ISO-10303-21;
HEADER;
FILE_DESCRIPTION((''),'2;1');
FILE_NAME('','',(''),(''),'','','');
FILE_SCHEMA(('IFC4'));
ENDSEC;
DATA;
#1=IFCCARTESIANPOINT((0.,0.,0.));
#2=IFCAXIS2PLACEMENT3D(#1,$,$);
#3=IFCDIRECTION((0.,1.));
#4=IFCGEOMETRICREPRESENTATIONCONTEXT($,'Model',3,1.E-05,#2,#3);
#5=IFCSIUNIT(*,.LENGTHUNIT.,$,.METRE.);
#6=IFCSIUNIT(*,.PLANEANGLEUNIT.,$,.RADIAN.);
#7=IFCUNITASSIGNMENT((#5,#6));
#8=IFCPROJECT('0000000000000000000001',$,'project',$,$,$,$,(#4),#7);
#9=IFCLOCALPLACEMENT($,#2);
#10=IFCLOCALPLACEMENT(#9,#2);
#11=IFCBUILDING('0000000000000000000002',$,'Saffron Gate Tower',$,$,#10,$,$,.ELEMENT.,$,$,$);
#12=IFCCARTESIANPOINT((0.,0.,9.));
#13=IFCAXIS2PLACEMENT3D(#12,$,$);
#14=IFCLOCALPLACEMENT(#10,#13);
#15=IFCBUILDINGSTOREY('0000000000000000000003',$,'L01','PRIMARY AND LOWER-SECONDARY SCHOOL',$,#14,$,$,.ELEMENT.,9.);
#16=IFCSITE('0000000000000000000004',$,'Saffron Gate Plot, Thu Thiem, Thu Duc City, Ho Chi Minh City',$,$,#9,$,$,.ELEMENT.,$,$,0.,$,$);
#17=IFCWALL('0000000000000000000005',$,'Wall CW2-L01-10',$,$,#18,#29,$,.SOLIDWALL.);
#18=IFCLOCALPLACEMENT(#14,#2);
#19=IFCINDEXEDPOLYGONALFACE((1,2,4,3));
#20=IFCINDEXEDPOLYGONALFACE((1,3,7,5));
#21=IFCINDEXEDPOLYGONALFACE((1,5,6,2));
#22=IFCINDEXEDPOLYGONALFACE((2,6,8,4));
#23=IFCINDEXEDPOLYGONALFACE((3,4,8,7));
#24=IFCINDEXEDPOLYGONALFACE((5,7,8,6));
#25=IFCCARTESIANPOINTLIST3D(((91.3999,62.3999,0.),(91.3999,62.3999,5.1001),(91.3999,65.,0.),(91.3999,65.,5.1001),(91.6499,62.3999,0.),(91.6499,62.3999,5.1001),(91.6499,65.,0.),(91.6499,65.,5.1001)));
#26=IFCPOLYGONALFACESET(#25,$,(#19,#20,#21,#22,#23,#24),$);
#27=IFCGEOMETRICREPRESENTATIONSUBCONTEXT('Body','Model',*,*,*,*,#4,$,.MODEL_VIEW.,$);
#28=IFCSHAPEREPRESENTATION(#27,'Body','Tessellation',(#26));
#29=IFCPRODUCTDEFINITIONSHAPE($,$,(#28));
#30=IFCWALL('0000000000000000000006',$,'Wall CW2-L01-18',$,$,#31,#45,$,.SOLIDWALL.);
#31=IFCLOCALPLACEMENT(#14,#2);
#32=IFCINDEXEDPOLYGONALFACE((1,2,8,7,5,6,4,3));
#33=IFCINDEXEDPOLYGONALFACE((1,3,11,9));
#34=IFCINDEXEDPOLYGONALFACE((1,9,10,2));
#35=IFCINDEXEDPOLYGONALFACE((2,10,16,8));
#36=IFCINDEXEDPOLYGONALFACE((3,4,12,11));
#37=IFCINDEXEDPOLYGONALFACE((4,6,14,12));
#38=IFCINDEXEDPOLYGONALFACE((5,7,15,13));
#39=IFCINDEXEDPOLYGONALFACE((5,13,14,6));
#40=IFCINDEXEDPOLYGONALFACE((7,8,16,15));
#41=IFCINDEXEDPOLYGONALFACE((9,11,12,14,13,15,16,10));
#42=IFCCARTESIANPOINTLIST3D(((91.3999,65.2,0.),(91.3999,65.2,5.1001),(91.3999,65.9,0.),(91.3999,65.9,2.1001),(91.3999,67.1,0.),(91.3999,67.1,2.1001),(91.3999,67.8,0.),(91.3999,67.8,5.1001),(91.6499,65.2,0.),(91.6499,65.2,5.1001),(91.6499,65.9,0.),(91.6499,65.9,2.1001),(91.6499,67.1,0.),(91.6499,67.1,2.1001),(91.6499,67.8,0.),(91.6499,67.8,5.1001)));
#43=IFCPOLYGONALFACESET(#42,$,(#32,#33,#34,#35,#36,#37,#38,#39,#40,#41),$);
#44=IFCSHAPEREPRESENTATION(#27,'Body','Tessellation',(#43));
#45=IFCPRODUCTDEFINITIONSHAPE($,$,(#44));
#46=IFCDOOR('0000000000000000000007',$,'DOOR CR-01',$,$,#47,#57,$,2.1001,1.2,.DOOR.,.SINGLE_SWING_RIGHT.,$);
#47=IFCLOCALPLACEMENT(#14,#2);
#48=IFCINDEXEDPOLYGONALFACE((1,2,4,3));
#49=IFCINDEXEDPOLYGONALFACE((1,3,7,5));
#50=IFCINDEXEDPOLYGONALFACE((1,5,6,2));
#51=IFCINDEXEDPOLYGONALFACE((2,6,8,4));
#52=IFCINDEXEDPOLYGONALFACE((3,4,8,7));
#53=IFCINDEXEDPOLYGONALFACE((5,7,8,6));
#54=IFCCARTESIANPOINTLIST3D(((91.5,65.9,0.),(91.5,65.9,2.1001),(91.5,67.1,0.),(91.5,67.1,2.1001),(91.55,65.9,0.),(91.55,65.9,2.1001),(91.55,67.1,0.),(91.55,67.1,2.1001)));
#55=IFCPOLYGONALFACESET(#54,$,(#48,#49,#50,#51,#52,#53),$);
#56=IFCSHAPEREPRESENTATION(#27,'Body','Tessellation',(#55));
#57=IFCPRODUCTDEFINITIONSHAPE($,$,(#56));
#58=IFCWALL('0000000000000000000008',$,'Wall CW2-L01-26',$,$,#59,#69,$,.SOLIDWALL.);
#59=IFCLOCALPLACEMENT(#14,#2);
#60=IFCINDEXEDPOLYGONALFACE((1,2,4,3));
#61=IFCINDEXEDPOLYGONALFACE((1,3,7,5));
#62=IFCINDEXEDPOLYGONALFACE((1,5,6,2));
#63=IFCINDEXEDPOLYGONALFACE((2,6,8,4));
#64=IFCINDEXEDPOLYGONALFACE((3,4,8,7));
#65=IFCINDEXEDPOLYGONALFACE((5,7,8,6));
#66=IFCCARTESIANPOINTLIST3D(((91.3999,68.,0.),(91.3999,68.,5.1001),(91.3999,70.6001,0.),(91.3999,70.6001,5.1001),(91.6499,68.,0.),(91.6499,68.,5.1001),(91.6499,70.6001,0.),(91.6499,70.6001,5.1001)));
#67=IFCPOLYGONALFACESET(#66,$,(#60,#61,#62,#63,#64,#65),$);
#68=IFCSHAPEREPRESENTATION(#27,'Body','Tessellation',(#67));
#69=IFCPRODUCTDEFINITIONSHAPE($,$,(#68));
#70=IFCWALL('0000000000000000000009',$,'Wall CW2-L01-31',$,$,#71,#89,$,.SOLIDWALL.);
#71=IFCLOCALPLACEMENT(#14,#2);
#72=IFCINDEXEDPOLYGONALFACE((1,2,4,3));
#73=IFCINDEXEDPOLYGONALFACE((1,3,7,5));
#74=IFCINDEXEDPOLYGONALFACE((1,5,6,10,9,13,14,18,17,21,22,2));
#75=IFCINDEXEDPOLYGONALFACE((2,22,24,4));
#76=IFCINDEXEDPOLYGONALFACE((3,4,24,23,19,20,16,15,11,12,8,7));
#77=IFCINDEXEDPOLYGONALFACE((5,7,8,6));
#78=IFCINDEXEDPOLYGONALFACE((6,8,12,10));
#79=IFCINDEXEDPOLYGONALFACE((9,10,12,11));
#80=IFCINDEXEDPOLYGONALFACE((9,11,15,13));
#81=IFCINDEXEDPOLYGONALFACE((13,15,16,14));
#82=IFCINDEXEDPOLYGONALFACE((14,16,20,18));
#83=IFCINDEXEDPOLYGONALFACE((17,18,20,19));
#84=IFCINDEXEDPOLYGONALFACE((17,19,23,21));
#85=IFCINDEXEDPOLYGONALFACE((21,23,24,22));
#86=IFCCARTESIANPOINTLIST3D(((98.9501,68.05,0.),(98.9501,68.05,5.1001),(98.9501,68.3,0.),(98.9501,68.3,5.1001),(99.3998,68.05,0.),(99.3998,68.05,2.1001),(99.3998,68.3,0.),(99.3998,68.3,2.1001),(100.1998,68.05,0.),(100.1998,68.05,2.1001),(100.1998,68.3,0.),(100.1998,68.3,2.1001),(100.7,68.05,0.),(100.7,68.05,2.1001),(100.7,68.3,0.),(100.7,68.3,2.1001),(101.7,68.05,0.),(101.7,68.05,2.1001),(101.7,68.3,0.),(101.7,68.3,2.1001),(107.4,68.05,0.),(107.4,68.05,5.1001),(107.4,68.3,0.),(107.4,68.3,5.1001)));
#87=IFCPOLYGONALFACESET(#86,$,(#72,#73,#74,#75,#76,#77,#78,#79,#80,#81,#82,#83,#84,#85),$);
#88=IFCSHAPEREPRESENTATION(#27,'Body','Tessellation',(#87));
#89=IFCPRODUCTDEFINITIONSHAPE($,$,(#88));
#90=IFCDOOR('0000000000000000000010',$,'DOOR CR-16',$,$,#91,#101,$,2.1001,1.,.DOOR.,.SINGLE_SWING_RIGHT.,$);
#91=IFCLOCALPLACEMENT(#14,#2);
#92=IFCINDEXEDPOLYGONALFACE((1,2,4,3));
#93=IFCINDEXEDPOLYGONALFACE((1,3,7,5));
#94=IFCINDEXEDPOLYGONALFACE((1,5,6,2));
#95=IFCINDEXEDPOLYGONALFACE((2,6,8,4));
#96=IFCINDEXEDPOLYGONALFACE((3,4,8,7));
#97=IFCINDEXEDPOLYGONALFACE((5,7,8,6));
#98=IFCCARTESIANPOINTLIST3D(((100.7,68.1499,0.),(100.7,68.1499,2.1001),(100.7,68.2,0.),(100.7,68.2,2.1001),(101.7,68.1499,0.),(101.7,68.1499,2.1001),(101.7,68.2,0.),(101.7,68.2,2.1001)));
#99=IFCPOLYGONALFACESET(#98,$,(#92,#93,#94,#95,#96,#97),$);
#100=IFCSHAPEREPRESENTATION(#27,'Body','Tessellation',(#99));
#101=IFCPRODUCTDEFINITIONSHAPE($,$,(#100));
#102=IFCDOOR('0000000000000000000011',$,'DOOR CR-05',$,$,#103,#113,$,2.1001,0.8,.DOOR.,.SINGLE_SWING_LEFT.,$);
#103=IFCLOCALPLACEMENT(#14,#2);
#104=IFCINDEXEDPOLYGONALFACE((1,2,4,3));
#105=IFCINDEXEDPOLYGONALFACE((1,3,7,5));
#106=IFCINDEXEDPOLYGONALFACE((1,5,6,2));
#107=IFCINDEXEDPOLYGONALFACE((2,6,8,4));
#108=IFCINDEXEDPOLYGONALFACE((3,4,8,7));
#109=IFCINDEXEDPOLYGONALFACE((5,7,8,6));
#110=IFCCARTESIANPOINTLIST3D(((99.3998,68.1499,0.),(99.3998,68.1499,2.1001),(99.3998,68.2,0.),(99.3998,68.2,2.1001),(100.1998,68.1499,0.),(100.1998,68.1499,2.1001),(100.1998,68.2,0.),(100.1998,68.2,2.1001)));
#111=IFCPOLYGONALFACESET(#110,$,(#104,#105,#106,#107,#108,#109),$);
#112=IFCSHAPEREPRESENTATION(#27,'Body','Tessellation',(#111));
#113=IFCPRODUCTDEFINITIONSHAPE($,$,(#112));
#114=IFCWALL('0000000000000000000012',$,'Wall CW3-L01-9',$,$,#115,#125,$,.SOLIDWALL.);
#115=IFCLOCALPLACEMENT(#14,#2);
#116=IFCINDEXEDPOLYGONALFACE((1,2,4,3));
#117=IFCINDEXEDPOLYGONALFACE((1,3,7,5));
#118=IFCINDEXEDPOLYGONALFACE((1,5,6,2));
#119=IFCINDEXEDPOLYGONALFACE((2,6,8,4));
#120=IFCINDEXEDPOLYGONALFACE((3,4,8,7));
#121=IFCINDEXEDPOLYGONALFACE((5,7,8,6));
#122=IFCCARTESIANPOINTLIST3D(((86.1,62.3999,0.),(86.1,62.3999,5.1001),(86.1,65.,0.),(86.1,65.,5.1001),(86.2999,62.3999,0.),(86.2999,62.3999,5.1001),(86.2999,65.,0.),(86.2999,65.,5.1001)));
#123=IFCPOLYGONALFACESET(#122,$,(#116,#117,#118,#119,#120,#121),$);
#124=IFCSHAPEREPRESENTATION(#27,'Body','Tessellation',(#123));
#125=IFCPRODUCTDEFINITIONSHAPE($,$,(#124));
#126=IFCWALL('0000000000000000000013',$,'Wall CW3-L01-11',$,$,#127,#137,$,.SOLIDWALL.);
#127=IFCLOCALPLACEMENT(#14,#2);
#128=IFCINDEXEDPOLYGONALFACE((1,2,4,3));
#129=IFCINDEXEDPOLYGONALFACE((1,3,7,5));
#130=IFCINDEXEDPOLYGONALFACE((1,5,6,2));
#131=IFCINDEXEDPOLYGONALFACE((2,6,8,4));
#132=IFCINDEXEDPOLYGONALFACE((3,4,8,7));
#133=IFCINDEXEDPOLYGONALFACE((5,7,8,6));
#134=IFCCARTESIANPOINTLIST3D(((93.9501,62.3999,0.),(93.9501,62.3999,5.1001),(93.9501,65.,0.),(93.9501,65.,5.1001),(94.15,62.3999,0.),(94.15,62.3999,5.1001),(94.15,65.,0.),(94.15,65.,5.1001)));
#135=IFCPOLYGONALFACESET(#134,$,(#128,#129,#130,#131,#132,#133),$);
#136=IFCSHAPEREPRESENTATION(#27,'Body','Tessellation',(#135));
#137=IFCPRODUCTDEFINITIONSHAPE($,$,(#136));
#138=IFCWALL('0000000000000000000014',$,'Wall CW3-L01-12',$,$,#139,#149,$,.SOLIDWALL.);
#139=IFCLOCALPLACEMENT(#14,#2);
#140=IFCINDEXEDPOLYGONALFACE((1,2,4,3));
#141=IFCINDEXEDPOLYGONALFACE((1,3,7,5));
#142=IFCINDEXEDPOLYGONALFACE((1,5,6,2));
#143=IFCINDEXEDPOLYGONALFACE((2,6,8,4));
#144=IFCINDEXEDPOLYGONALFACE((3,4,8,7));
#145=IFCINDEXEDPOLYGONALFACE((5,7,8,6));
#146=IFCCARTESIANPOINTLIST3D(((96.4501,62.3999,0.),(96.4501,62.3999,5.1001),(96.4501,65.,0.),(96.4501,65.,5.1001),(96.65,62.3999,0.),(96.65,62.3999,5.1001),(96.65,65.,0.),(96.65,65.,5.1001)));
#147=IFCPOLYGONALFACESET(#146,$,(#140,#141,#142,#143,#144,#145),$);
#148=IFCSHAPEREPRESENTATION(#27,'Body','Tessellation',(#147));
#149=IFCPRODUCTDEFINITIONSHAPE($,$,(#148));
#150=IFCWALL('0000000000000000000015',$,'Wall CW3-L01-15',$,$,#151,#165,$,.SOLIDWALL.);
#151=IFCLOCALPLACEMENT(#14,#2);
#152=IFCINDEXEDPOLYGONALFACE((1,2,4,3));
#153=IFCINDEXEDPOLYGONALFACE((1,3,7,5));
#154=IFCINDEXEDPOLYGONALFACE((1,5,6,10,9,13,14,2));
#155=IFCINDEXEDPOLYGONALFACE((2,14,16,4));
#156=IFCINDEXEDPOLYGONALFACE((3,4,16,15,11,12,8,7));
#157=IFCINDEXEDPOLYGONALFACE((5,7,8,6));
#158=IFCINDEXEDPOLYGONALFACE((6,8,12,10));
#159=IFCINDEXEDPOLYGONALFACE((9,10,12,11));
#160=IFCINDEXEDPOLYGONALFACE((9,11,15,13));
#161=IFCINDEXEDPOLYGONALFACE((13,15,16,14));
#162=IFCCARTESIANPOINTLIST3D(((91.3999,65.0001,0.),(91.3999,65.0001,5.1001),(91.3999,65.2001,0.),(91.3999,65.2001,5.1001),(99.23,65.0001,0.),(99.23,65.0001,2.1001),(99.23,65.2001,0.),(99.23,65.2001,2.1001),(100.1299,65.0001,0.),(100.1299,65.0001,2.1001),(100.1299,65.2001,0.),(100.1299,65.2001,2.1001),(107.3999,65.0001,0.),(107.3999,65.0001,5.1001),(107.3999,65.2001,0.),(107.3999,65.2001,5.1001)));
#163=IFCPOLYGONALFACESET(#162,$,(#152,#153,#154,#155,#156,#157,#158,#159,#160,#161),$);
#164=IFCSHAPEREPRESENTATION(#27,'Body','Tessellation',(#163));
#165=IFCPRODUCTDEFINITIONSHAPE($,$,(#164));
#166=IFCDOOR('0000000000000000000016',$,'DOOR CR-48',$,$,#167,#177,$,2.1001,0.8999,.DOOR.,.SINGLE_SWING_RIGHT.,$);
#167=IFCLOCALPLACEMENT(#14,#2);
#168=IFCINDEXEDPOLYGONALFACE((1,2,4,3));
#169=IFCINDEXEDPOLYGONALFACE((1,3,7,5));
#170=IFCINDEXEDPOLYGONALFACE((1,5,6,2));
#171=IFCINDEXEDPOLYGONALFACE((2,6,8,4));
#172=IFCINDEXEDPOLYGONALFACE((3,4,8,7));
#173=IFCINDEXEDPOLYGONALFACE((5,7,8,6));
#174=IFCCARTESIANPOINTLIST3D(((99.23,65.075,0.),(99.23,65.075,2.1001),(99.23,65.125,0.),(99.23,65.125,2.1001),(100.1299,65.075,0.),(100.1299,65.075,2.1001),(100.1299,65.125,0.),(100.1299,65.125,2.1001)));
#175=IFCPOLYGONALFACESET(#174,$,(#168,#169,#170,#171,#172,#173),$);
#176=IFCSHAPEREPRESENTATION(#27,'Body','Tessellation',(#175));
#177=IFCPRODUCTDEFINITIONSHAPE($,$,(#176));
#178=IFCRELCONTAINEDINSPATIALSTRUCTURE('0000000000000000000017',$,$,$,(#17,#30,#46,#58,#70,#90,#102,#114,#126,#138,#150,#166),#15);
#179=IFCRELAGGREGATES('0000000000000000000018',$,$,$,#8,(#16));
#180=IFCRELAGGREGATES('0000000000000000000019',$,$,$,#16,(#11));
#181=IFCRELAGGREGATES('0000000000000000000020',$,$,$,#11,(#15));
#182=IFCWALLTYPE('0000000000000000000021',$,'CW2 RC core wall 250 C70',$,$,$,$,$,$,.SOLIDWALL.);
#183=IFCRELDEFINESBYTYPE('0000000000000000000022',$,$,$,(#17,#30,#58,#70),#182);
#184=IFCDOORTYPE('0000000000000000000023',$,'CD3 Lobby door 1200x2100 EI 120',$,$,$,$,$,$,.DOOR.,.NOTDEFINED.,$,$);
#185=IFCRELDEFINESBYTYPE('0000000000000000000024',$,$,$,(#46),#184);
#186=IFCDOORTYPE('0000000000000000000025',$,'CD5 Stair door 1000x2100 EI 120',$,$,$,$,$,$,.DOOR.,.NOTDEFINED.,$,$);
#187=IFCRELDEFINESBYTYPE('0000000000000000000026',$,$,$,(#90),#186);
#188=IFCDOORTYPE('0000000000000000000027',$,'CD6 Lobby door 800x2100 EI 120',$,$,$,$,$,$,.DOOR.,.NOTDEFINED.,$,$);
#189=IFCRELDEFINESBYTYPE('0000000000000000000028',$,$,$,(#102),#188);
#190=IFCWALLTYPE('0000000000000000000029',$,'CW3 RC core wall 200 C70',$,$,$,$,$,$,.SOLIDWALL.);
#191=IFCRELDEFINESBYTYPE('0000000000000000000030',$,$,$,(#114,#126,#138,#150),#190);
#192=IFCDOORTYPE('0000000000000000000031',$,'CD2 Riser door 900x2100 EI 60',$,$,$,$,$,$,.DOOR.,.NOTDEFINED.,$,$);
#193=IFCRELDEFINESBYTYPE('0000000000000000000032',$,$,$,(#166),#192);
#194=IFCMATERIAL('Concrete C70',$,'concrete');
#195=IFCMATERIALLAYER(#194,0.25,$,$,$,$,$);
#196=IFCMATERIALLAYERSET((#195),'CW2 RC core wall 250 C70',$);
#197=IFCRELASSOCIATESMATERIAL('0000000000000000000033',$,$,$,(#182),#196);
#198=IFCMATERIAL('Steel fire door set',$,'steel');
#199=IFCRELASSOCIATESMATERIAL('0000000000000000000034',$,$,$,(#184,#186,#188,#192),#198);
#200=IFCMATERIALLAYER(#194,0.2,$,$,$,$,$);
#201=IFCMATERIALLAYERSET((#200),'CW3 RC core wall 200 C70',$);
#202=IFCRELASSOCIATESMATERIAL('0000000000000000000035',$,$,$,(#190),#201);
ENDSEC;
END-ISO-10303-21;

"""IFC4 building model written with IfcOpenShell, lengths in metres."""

from ifc_helpers import new_model, si_unit, direction, frame, frame_2d, origin, place, context, subcontext, project, spatial, rectangle, extrude, material, layer, layer_set, type_object, element, fill, save


model = new_model("IFC4")

# Units and contexts
model_context = context("Model", 3, precision=1e-05, world=origin(), true_north=direction((0.0, 1.0)))
body_context = subcontext(model_context, "Body", "Model", "MODEL_VIEW")
ifc_project = project(units=[si_unit("LENGTHUNIT", "METRE"), si_unit("PLANEANGLEUNIT", "RADIAN")], contexts=[model_context])

# Site, building, storey
site_placement = place(None, origin())
site = spatial("IfcSite", under=ifc_project, at=site_placement, Name="Saffron Gate Plot, Thu Thiem, Thu Duc City, Ho Chi Minh City", CompositionType="ELEMENT", RefElevation=0.0)
building_placement = place(site_placement, origin())
building = spatial("IfcBuilding", under=site, at=building_placement, Name="Saffron Gate Tower", CompositionType="ELEMENT")
storey_placement = place(building_placement, frame((0.0, 0.0, 9.0)))
storey = spatial("IfcBuildingStorey", under=building, at=storey_placement, Name="L01", Description="PRIMARY AND LOWER-SECONDARY SCHOOL", CompositionType="ELEMENT", Elevation=9.0)

# Wall
ifc_material_1 = material(Name="Concrete C70", Category="concrete")
ifc_layer_1 = layer(ifc_material_1, 0.25)
ifc_layer_set_1 = layer_set([ifc_layer_1], Name="CW2 RC core wall 250 C70")
wall_type_1 = type_object("IfcWallType", Name="CW2 RC core wall 250 C70", PredefinedType="SOLIDWALL", material=ifc_layer_set_1)
wall_1_placement = place(storey_placement, frame((91.5249, 62.3999, 0.0), z_axis=(0.0, 0.0, 1.0), x_axis=(0.0, 1.0, 0.0)))
element("IfcWall", 1, at=wall_1_placement, inside=storey, type_object=wall_type_1, Name="Wall CW2-L01-10", PredefinedType="SOLIDWALL", context=body_context, shape_type="SweptSolid", body=[
    extrude(rectangle(XDim=2.6001, YDim=0.25, at=frame_2d((1.3, 0.0))), origin(), (0.0, 0.0, 1.0), 5.1001),
])

# Wall, opening, door
wall_2_placement = place(storey_placement, frame((91.5249, 65.2, 0.0), z_axis=(0.0, 0.0, 1.0), x_axis=(0.0, 1.0, 0.0)))
wall_2 = element("IfcWall", 2, at=wall_2_placement, inside=storey, type_object=wall_type_1, Name="Wall CW2-L01-18", PredefinedType="SOLIDWALL", context=body_context, shape_type="SweptSolid", body=[
    extrude(rectangle(XDim=2.6001, YDim=0.25, at=frame_2d((1.3, 0.0))), origin(), (0.0, 0.0, 1.0), 5.1001),
])
opening_1_placement = place(wall_2_placement, frame((0.7, 0.0, 0.0)))
opening_1 = element("IfcOpeningElement", 3, at=opening_1_placement, cuts=wall_2, PredefinedType="OPENING", context=body_context, shape_type="SweptSolid", body=[
    extrude(rectangle(XDim=1.2, YDim=2.1001, at=frame_2d((0.6001, 1.05))), frame((0.0, 0.135, 0.0), z_axis=(0.0, -1.0, 0.0), x_axis=(1.0, 0.0, 0.0)), (0.0, 0.0, 1.0), 0.27),
])
ifc_material_2 = material(Name="Steel fire door set", Category="steel")
door_type_1 = type_object("IfcDoorType", Name="CD3 Lobby door 1200x2100 EI 120", OperationType="NOTDEFINED", PredefinedType="DOOR", material=ifc_material_2)
door_1_placement = place(opening_1_placement, origin())
door_1 = element("IfcDoor", 4, at=door_1_placement, inside=storey, type_object=door_type_1, Name="DOOR CR-01", OperationType="SINGLE_SWING_RIGHT", OverallHeight=2.1001, OverallWidth=1.2, PredefinedType="DOOR", context=body_context, shape_type="SweptSolid", body=[
    extrude(rectangle(XDim=1.2, YDim=2.1001, at=frame_2d((0.6001, 1.05))), frame((0.0, 0.0249, 0.0), z_axis=(0.0, -1.0, 0.0), x_axis=(1.0, 0.0, 0.0)), (0.0, 0.0, 1.0), 0.05),
])
fill(opening_1, door_1)

# Wall
wall_3_placement = place(storey_placement, frame((91.5249, 68.0, 0.0), z_axis=(0.0, 0.0, 1.0), x_axis=(0.0, 1.0, 0.0)))
element("IfcWall", 5, at=wall_3_placement, inside=storey, type_object=wall_type_1, Name="Wall CW2-L01-26", PredefinedType="SOLIDWALL", context=body_context, shape_type="SweptSolid", body=[
    extrude(rectangle(XDim=2.6001, YDim=0.25, at=frame_2d((1.3, 0.0))), origin(), (0.0, 0.0, 1.0), 5.1001),
])

# Wall, openings, doors
wall_4_placement = place(storey_placement, frame((98.95, 68.175, 0.0), z_axis=(0.0, 0.0, 1.0), x_axis=(1.0, 0.0, 0.0)))
wall_4 = element("IfcWall", 6, at=wall_4_placement, inside=storey, type_object=wall_type_1, Name="Wall CW2-L01-31", PredefinedType="SOLIDWALL", context=body_context, shape_type="SweptSolid", body=[
    extrude(rectangle(XDim=8.45, YDim=0.25, at=frame_2d((4.2251, 0.0))), origin(), (0.0, 0.0, 1.0), 5.1001),
])
opening_2_placement = place(wall_4_placement, frame((0.45, 0.0, 0.0)))
opening_2 = element("IfcOpeningElement", 7, at=opening_2_placement, cuts=wall_4, PredefinedType="OPENING", context=body_context, shape_type="SweptSolid", body=[
    extrude(rectangle(XDim=0.8, YDim=2.1001, at=frame_2d((0.3999, 1.05))), frame((0.0, 0.135, 0.0), z_axis=(0.0, -1.0, 0.0), x_axis=(1.0, 0.0, 0.0)), (0.0, 0.0, 1.0), 0.27),
])
opening_3_placement = place(wall_4_placement, frame((1.75, 0.0, 0.0)))
opening_3 = element("IfcOpeningElement", 8, at=opening_3_placement, cuts=wall_4, PredefinedType="OPENING", context=body_context, shape_type="SweptSolid", body=[
    extrude(rectangle(XDim=1.0, YDim=2.1001, at=frame_2d((0.5, 1.05))), frame((0.0, 0.135, 0.0), z_axis=(0.0, -1.0, 0.0), x_axis=(1.0, 0.0, 0.0)), (0.0, 0.0, 1.0), 0.27),
])
door_type_2 = type_object("IfcDoorType", Name="CD5 Stair door 1000x2100 EI 120", OperationType="NOTDEFINED", PredefinedType="DOOR", material=ifc_material_2)
door_2_placement = place(opening_3_placement, origin())
door_2 = element("IfcDoor", 9, at=door_2_placement, inside=storey, type_object=door_type_2, Name="DOOR CR-16", OperationType="SINGLE_SWING_RIGHT", OverallHeight=2.1001, OverallWidth=1.0, PredefinedType="DOOR", context=body_context, shape_type="SweptSolid", body=[
    extrude(rectangle(XDim=1.0, YDim=2.1001, at=frame_2d((0.5, 1.05))), frame((0.0, 0.0249, 0.0), z_axis=(0.0, -1.0, 0.0), x_axis=(1.0, 0.0, 0.0)), (0.0, 0.0, 1.0), 0.05),
])
fill(opening_3, door_2)
door_type_3 = type_object("IfcDoorType", Name="CD6 Lobby door 800x2100 EI 120", OperationType="NOTDEFINED", PredefinedType="DOOR", material=ifc_material_2)
door_3_placement = place(opening_2_placement, origin())
door_3 = element("IfcDoor", 10, at=door_3_placement, inside=storey, type_object=door_type_3, Name="DOOR CR-05", OperationType="SINGLE_SWING_LEFT", OverallHeight=2.1001, OverallWidth=0.8, PredefinedType="DOOR", context=body_context, shape_type="SweptSolid", body=[
    extrude(rectangle(XDim=0.8, YDim=2.1001, at=frame_2d((0.3999, 1.05))), frame((0.0, 0.0249, 0.0), z_axis=(0.0, -1.0, 0.0), x_axis=(1.0, 0.0, 0.0)), (0.0, 0.0, 1.0), 0.05),
])
fill(opening_2, door_3)

# Walls
ifc_layer_2 = layer(ifc_material_1, 0.2)
ifc_layer_set_2 = layer_set([ifc_layer_2], Name="CW3 RC core wall 200 C70")
wall_type_2 = type_object("IfcWallType", Name="CW3 RC core wall 200 C70", PredefinedType="SOLIDWALL", material=ifc_layer_set_2)
for number, where, z_axis, x_axis, name in (
    (11, (86.2, 62.3999, 0.0), (0.0, 0.0, 1.0), (0.0, 1.0, 0.0), "Wall CW3-L01-9"),
    (12, (94.05, 62.3999, 0.0), (0.0, 0.0, 1.0), (0.0, 1.0, 0.0), "Wall CW3-L01-11"),
    (13, (96.55, 62.3999, 0.0), (0.0, 0.0, 1.0), (0.0, 1.0, 0.0), "Wall CW3-L01-12"),
):
    element("IfcWall", number, at=place(storey_placement, frame(where, z_axis=z_axis, x_axis=x_axis)), inside=storey, type_object=wall_type_2, Name=name, PredefinedType="SOLIDWALL", context=body_context, shape_type="SweptSolid", body=[
        extrude(rectangle(XDim=2.6001, YDim=0.2, at=frame_2d((1.3, 0.0))), origin(), (0.0, 0.0, 1.0), 5.1001),
    ])

# Wall, opening, door
wall_5_placement = place(storey_placement, frame((91.3999, 65.1001, 0.0), z_axis=(0.0, 0.0, 1.0), x_axis=(1.0, 0.0, 0.0)))
wall_5 = element("IfcWall", 14, at=wall_5_placement, inside=storey, type_object=wall_type_2, Name="Wall CW3-L01-15", PredefinedType="SOLIDWALL", context=body_context, shape_type="SweptSolid", body=[
    extrude(rectangle(XDim=16.0, YDim=0.2, at=frame_2d((8.0, 0.0))), origin(), (0.0, 0.0, 1.0), 5.1001),
])
opening_4_placement = place(wall_5_placement, frame((7.8301, 0.0, 0.0)))
opening_4 = element("IfcOpeningElement", 15, at=opening_4_placement, cuts=wall_5, PredefinedType="OPENING", context=body_context, shape_type="SweptSolid", body=[
    extrude(rectangle(XDim=0.8999, YDim=2.1001, at=frame_2d((0.45, 1.05))), frame((0.0, 0.1099, 0.0), z_axis=(0.0, -1.0, 0.0), x_axis=(1.0, 0.0, 0.0)), (0.0, 0.0, 1.0), 0.22),
])
door_type_4 = type_object("IfcDoorType", Name="CD2 Riser door 900x2100 EI 60", OperationType="NOTDEFINED", PredefinedType="DOOR", material=ifc_material_2)
door_4_placement = place(opening_4_placement, origin())
door_4 = element("IfcDoor", 16, at=door_4_placement, inside=storey, type_object=door_type_4, Name="DOOR CR-48", OperationType="SINGLE_SWING_RIGHT", OverallHeight=2.1001, OverallWidth=0.8999, PredefinedType="DOOR", context=body_context, shape_type="SweptSolid", body=[
    extrude(rectangle(XDim=0.8999, YDim=2.1001, at=frame_2d((0.45, 1.05))), frame((0.0, 0.0249, 0.0), z_axis=(0.0, -1.0, 0.0), x_axis=(1.0, 0.0, 0.0)), (0.0, 0.0, 1.0), 0.05),
])
fill(opening_4, door_4)

save(model, "model.ifc")
